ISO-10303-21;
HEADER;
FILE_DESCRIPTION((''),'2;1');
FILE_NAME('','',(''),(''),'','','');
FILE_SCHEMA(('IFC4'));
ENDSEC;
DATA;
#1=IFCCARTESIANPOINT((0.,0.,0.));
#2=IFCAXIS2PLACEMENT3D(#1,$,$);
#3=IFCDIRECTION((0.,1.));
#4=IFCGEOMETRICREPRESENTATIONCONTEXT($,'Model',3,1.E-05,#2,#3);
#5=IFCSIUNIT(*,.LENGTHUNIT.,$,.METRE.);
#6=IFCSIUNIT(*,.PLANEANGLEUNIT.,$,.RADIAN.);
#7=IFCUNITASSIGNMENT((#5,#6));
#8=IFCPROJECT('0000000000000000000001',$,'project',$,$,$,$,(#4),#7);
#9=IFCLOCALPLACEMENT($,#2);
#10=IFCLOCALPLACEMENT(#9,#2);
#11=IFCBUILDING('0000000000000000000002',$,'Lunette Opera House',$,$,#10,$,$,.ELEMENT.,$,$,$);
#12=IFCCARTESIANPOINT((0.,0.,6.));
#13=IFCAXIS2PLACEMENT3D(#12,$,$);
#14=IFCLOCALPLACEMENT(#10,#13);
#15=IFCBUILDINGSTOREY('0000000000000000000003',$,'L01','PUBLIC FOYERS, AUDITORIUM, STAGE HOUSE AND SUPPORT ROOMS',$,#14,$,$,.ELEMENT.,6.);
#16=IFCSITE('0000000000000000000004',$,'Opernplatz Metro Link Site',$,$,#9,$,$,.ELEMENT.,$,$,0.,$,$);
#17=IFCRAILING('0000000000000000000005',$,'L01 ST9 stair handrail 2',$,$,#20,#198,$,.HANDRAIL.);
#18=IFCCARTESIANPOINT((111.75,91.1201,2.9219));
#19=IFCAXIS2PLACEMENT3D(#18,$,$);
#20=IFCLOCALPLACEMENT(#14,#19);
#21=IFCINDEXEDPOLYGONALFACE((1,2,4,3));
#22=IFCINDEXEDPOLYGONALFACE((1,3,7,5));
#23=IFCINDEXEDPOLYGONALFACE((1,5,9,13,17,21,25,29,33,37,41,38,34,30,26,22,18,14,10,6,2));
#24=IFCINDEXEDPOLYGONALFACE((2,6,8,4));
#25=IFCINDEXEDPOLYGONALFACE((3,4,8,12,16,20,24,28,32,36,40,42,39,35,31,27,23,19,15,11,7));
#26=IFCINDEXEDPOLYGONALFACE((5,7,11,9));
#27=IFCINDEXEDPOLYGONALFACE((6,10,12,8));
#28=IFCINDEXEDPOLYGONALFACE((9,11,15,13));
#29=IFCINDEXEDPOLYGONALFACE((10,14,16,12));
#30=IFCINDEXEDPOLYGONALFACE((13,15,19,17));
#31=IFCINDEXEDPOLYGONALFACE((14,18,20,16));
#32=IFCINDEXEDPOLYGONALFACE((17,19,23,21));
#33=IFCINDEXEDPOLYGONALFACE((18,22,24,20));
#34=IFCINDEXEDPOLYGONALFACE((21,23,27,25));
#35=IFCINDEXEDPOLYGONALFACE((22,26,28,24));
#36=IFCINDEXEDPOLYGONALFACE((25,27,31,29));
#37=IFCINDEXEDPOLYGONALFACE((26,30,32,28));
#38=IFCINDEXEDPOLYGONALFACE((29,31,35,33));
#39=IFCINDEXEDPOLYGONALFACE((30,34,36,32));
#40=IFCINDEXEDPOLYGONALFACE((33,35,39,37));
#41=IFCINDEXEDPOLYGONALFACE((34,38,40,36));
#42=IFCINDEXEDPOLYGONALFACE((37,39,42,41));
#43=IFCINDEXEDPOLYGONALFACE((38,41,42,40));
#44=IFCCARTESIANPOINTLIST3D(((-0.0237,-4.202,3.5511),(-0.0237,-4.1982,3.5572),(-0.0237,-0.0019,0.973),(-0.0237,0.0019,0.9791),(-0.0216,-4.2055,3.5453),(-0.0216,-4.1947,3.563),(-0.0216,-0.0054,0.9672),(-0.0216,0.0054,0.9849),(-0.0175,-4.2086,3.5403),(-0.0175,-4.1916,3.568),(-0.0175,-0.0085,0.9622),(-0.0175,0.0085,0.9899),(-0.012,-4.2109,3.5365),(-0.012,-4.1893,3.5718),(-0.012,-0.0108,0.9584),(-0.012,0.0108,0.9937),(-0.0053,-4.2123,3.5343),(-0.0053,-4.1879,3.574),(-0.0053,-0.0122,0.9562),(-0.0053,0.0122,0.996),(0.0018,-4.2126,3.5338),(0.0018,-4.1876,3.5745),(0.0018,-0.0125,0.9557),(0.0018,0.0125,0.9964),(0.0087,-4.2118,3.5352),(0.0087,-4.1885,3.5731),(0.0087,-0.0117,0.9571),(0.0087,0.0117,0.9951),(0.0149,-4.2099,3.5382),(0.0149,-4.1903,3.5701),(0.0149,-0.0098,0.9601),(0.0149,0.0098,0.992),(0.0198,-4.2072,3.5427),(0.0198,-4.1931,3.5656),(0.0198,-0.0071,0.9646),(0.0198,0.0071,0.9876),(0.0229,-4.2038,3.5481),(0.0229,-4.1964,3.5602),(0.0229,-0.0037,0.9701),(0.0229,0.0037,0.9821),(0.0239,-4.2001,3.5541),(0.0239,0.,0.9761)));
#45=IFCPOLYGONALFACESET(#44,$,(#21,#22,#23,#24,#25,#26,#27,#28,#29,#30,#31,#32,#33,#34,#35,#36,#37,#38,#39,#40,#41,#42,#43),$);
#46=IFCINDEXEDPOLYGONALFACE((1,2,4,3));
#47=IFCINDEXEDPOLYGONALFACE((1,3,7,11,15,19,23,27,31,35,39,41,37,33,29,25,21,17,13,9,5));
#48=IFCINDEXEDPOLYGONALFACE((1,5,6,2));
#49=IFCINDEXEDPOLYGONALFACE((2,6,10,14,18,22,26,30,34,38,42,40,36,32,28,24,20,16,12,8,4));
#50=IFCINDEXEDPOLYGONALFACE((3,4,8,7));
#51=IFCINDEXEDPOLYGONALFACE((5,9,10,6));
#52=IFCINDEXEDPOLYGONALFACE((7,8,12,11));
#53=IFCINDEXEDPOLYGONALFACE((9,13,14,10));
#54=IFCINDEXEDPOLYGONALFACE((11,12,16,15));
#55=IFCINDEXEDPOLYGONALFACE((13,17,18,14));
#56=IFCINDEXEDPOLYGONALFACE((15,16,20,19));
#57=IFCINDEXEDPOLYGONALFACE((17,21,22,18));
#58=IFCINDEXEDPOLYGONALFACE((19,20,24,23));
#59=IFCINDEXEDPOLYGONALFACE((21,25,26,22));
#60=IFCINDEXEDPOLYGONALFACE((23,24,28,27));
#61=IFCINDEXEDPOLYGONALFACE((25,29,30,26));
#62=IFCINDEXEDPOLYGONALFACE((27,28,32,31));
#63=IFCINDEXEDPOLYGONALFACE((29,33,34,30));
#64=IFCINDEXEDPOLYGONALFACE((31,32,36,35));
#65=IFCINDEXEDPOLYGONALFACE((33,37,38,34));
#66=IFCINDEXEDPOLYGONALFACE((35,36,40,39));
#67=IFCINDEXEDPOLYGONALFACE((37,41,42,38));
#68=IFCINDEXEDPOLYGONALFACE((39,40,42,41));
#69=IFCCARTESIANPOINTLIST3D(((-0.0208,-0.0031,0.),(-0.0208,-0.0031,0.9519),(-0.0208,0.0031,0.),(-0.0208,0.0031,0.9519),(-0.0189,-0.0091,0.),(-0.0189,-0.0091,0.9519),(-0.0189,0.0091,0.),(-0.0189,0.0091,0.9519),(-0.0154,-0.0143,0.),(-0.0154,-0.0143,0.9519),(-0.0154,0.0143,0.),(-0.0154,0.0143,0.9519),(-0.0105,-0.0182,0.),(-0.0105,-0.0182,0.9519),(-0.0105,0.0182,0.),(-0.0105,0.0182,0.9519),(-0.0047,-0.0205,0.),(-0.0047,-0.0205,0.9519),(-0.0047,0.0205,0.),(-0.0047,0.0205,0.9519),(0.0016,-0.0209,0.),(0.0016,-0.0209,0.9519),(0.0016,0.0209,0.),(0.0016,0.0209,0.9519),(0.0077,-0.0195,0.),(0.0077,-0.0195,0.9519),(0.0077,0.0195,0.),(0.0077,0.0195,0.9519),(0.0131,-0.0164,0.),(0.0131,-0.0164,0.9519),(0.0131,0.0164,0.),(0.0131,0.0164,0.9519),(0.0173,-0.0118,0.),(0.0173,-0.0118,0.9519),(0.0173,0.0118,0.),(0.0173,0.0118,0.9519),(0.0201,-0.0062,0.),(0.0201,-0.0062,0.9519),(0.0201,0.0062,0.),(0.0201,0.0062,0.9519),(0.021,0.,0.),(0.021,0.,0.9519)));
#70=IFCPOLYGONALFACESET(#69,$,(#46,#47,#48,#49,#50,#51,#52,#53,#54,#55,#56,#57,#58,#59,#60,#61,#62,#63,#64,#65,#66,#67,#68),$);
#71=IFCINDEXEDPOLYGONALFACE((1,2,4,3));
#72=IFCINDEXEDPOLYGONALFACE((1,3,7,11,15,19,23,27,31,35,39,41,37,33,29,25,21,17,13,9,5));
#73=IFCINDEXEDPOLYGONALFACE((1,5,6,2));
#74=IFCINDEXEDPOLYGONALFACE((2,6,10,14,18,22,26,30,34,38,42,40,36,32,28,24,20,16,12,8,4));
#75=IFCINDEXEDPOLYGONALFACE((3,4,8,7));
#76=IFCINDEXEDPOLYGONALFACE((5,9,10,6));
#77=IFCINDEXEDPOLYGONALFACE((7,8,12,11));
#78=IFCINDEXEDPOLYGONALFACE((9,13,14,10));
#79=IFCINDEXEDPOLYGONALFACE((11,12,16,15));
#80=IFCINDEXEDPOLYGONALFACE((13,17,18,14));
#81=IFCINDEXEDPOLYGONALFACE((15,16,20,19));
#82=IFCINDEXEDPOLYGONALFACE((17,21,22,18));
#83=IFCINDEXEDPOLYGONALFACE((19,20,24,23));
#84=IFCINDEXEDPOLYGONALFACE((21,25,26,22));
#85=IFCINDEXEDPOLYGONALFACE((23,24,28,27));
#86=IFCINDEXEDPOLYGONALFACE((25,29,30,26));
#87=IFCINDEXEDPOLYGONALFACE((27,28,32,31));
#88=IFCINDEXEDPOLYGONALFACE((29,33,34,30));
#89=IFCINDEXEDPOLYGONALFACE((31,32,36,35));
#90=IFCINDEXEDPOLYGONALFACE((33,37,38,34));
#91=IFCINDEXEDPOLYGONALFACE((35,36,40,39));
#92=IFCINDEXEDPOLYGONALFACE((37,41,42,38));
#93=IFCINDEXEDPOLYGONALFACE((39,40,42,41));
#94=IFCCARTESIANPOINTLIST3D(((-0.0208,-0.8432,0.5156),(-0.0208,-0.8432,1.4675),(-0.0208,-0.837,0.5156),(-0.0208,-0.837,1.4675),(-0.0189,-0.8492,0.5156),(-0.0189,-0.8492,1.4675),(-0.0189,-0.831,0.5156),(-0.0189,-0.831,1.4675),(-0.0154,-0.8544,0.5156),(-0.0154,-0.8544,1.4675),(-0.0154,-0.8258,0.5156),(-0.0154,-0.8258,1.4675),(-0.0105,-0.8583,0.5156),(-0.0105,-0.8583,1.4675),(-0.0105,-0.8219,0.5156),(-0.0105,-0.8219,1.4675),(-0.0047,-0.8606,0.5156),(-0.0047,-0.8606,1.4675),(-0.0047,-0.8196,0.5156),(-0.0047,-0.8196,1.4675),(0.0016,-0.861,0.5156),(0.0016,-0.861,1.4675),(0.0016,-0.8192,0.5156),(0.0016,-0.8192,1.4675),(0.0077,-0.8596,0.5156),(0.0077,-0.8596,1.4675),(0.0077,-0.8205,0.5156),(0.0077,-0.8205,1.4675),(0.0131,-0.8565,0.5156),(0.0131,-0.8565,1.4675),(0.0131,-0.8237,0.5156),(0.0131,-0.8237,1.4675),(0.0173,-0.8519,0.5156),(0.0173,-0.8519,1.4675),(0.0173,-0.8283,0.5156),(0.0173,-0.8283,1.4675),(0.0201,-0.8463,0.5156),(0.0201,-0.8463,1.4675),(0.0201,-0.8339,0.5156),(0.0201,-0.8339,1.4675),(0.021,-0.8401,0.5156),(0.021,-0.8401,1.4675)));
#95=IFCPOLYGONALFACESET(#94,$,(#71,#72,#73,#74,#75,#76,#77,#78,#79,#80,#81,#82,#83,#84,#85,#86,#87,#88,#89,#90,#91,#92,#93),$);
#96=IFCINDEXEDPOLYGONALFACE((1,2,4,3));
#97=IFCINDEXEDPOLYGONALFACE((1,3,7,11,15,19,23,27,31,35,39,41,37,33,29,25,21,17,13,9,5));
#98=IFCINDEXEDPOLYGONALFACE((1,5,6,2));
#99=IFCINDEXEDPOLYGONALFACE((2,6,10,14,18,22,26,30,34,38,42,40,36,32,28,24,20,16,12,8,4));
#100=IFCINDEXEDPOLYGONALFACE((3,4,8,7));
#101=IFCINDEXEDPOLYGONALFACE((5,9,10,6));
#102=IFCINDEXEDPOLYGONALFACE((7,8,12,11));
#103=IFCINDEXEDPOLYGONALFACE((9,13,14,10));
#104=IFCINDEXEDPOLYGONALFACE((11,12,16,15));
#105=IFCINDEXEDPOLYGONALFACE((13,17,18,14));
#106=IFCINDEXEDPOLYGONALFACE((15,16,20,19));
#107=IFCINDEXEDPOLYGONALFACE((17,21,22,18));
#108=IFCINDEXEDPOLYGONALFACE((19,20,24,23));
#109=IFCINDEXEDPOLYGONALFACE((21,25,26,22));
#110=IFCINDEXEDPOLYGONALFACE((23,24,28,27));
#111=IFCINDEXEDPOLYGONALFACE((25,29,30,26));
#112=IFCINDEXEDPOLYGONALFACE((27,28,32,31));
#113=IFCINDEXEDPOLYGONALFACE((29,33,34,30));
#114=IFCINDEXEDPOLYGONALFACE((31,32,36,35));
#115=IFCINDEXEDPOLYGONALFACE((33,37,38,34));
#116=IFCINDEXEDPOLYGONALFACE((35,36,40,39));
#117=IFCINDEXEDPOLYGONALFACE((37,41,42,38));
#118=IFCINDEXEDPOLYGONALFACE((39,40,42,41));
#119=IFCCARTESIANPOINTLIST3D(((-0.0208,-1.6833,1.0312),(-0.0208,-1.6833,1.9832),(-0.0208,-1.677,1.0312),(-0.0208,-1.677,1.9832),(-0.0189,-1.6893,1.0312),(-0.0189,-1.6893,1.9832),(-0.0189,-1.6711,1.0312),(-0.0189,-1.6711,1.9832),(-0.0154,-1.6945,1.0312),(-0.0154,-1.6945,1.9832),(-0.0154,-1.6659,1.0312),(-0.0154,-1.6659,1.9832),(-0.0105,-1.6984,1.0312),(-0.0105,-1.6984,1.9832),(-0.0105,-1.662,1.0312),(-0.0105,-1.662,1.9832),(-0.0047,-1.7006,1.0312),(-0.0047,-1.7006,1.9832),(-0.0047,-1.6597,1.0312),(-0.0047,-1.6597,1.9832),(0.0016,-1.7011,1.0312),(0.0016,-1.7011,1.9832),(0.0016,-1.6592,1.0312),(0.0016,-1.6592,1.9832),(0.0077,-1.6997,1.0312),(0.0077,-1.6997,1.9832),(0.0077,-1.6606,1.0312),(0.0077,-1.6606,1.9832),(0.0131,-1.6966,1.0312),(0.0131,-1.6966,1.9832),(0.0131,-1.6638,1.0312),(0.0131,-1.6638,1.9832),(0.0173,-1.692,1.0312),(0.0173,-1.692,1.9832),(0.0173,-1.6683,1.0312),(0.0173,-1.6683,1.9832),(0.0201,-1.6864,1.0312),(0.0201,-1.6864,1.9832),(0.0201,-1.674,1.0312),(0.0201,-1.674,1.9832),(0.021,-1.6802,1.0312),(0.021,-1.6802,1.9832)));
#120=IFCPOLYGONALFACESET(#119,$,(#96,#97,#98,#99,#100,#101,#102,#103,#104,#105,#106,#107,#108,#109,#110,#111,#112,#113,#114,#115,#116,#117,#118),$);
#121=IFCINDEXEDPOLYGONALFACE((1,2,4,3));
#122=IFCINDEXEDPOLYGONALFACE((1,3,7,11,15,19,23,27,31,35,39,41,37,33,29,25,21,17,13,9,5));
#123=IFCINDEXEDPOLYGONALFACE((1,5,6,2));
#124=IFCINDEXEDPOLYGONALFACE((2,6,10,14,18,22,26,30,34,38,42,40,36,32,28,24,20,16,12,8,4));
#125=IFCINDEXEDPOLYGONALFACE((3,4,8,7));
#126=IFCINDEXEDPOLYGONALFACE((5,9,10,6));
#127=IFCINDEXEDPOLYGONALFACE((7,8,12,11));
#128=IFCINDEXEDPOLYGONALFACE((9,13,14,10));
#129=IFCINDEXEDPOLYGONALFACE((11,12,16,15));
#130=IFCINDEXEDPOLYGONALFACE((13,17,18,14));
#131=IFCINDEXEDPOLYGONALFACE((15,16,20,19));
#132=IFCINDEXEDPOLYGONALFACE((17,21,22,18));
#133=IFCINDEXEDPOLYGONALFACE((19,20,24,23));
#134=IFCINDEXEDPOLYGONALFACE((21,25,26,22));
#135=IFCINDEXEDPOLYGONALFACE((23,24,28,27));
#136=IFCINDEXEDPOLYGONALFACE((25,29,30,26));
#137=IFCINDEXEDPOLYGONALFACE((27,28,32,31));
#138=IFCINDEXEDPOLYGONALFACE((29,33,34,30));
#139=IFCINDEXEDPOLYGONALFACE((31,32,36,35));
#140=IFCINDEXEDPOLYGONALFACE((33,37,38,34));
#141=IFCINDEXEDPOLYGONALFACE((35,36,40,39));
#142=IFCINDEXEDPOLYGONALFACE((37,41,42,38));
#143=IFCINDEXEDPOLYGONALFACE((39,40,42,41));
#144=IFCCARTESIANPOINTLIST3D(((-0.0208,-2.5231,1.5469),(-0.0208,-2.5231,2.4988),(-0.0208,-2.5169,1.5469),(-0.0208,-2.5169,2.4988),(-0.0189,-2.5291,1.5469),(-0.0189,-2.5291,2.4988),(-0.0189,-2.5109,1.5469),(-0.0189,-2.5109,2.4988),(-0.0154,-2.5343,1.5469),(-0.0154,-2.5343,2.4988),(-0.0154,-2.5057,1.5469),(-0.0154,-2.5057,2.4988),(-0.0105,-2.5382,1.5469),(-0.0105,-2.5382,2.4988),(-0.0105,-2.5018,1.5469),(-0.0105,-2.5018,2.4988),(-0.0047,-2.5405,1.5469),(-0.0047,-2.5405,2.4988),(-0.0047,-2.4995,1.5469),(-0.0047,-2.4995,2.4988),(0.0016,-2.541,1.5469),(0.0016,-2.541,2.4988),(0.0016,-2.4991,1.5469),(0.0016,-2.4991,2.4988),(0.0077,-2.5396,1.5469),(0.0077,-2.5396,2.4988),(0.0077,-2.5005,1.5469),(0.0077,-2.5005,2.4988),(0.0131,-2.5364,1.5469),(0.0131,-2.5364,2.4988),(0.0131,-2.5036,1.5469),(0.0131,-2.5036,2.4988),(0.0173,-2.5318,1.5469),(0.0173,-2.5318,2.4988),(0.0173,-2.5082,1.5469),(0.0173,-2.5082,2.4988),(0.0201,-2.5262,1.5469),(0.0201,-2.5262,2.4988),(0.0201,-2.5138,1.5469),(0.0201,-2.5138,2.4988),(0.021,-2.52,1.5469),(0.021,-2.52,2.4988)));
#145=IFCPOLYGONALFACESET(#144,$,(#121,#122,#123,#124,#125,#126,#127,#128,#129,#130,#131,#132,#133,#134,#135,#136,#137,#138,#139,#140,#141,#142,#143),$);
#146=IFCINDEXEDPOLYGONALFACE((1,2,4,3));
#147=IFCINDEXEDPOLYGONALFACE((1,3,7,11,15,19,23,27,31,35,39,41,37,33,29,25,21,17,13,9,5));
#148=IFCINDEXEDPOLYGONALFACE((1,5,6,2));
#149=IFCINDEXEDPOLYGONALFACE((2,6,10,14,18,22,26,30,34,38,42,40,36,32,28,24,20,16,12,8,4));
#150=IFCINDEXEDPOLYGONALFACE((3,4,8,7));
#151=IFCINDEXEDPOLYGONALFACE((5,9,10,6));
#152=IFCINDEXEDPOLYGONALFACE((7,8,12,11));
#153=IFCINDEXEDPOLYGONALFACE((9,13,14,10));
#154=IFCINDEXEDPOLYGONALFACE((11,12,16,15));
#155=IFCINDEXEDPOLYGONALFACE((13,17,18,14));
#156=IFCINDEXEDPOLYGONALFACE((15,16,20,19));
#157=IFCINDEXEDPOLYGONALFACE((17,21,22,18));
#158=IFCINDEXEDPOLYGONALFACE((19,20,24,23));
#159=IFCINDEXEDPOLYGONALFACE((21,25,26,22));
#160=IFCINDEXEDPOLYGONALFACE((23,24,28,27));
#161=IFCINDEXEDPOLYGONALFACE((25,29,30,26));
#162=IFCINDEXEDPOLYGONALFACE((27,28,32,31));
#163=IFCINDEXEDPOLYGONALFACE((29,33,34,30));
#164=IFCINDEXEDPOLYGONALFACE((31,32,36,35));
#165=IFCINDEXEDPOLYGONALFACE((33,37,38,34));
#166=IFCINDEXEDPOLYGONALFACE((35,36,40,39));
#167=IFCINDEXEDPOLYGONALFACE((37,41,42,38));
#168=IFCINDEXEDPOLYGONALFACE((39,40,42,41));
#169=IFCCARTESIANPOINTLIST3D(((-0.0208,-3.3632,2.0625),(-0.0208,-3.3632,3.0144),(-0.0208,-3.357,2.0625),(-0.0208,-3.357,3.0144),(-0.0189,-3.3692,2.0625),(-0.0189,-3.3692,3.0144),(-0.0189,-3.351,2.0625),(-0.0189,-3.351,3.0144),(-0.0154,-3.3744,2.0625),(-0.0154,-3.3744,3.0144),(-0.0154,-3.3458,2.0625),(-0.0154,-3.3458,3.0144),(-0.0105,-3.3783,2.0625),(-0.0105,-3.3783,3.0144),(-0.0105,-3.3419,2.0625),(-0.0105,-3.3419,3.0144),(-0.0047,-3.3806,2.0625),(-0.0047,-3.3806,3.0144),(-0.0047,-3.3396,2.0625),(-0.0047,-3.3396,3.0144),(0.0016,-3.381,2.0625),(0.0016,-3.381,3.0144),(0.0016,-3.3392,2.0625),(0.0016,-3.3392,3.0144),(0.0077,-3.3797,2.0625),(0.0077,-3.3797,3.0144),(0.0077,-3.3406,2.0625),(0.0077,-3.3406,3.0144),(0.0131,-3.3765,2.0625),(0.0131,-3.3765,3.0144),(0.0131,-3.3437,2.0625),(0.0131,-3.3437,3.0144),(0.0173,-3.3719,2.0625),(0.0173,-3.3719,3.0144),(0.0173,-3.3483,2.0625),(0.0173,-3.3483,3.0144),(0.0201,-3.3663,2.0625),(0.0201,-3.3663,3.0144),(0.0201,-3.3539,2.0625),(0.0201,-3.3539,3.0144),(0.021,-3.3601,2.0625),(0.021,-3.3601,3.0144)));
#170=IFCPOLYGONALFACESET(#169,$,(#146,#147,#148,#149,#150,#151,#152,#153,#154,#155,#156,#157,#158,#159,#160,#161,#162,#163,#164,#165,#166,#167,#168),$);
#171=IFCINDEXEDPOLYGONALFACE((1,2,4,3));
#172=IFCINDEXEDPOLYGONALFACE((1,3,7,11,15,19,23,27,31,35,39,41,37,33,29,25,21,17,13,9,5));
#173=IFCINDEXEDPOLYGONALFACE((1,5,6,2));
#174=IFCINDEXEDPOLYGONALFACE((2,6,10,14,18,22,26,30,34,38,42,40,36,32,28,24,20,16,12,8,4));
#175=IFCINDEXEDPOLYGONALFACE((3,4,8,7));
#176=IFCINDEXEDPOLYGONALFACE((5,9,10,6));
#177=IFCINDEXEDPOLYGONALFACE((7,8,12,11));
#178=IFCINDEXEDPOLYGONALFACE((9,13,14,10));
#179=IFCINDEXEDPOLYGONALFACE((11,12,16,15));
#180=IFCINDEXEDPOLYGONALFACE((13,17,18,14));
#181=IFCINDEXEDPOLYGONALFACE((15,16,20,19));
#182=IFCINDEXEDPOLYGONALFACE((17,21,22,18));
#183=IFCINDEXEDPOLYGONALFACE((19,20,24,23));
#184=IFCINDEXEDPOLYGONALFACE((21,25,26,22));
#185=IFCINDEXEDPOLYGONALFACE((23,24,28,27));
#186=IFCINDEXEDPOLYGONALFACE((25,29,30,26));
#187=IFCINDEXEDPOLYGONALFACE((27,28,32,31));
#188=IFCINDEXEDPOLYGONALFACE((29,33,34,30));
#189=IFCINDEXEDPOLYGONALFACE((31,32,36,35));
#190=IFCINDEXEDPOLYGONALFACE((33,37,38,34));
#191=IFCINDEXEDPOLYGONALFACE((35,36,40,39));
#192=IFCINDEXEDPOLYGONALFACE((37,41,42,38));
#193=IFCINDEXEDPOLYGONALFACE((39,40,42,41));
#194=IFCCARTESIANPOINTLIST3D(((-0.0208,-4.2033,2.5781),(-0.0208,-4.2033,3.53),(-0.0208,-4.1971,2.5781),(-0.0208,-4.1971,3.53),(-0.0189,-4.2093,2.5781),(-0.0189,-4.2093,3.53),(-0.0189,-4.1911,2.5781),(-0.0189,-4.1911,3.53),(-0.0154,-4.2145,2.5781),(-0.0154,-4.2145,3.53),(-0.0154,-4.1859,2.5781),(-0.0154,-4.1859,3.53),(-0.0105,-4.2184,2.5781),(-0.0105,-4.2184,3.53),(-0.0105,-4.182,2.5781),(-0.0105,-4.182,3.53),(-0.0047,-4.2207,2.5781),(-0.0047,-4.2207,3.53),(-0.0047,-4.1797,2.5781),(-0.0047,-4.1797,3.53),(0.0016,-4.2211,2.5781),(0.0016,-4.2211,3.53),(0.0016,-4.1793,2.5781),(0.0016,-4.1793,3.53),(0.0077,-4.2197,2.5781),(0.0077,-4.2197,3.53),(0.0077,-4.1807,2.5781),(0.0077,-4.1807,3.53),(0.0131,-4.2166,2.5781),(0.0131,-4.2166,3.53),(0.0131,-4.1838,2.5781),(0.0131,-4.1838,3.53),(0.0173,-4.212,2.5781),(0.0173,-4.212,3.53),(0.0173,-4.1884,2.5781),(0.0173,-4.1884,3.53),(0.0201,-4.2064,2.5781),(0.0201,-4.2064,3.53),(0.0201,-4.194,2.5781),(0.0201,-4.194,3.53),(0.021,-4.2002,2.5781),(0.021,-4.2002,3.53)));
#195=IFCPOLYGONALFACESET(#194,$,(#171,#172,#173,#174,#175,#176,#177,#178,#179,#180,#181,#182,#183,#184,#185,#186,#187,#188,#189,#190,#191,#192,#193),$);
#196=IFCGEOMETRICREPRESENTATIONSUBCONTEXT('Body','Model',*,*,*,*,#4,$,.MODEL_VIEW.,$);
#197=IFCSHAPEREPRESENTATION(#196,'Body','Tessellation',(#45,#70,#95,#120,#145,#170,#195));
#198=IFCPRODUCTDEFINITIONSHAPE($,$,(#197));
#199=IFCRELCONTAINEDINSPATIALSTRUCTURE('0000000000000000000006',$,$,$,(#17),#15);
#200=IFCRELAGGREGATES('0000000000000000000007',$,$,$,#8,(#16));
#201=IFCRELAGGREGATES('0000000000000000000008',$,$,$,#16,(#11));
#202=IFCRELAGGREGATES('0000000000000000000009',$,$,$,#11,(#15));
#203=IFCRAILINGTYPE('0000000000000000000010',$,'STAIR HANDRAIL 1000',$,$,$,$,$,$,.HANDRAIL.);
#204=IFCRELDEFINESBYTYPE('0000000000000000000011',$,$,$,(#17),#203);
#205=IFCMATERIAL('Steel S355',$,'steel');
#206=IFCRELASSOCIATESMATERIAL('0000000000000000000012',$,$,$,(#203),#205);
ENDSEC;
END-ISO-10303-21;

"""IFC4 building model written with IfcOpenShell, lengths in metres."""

from ifc_helpers import new_model, si_unit, direction, frame, origin, origin_2d, place, context, subcontext, project, spatial, circle, extrude, material, type_object, element, save


model = new_model("IFC4")

# Units and contexts
model_context = context("Model", 3, precision=1e-05, world=origin(), true_north=direction((0.0, 1.0)))
body_context = subcontext(model_context, "Body", "Model", "MODEL_VIEW")
ifc_project = project(units=[si_unit("LENGTHUNIT", "METRE"), si_unit("PLANEANGLEUNIT", "RADIAN")], contexts=[model_context])

# Site, building, storey
site_placement = place(None, origin())
site = spatial("IfcSite", under=ifc_project, at=site_placement, Name="Opernplatz Metro Link Site", CompositionType="ELEMENT", RefElevation=0.0)
building_placement = place(site_placement, origin())
building = spatial("IfcBuilding", under=site, at=building_placement, Name="Lunette Opera House", CompositionType="ELEMENT")
storey_placement = place(building_placement, frame((0.0, 0.0, 6.0)))
storey = spatial("IfcBuildingStorey", under=building, at=storey_placement, Name="L01", Description="PUBLIC FOYERS, AUDITORIUM, STAGE HOUSE AND SUPPORT ROOMS", CompositionType="ELEMENT", Elevation=6.0)

# Railing
ifc_material_1 = material(Name="Steel S355", Category="steel")
railing_type_1 = type_object("IfcRailingType", Name="STAIR HANDRAIL 1000", PredefinedType="HANDRAIL", material=ifc_material_1)
railing_1_placement = place(storey_placement, frame((111.75, 91.1201, 2.9219)))
element("IfcRailing", 1, at=railing_1_placement, inside=storey, type_object=railing_type_1, Name="L01 ST9 stair handrail 2", PredefinedType="HANDRAIL", context=body_context, shape_type="SweptSolid", body=[
    extrude(circle(Radius=0.0239, at=origin_2d()), frame((0.0, 0.0, 0.9761), z_axis=(0.0, -0.852256, 0.523124), x_axis=(1.0, 0.0, 0.0)), (0.0, 0.0, 1.0), 4.9282),
    extrude(circle(Radius=0.021, at=origin_2d()), origin(), (0.0, 0.0, 1.0), 0.9519),
    extrude(circle(Radius=0.021, at=origin_2d()), frame((0.0, -0.8401, 0.5156)), (0.0, 0.0, 1.0), 0.9519),
    extrude(circle(Radius=0.021, at=origin_2d()), frame((0.0, -1.6802, 1.0312)), (0.0, 0.0, 1.0), 0.9519),
    extrude(circle(Radius=0.021, at=origin_2d()), frame((0.0, -2.52, 1.5469)), (0.0, 0.0, 1.0), 0.9519),
    extrude(circle(Radius=0.021, at=origin_2d()), frame((0.0, -3.3601, 2.0625)), (0.0, 0.0, 1.0), 0.9519),
    extrude(circle(Radius=0.021, at=origin_2d()), frame((0.0, -4.2002, 2.5781)), (0.0, 0.0, 1.0), 0.9519),
])

save(model, "model.ifc")
